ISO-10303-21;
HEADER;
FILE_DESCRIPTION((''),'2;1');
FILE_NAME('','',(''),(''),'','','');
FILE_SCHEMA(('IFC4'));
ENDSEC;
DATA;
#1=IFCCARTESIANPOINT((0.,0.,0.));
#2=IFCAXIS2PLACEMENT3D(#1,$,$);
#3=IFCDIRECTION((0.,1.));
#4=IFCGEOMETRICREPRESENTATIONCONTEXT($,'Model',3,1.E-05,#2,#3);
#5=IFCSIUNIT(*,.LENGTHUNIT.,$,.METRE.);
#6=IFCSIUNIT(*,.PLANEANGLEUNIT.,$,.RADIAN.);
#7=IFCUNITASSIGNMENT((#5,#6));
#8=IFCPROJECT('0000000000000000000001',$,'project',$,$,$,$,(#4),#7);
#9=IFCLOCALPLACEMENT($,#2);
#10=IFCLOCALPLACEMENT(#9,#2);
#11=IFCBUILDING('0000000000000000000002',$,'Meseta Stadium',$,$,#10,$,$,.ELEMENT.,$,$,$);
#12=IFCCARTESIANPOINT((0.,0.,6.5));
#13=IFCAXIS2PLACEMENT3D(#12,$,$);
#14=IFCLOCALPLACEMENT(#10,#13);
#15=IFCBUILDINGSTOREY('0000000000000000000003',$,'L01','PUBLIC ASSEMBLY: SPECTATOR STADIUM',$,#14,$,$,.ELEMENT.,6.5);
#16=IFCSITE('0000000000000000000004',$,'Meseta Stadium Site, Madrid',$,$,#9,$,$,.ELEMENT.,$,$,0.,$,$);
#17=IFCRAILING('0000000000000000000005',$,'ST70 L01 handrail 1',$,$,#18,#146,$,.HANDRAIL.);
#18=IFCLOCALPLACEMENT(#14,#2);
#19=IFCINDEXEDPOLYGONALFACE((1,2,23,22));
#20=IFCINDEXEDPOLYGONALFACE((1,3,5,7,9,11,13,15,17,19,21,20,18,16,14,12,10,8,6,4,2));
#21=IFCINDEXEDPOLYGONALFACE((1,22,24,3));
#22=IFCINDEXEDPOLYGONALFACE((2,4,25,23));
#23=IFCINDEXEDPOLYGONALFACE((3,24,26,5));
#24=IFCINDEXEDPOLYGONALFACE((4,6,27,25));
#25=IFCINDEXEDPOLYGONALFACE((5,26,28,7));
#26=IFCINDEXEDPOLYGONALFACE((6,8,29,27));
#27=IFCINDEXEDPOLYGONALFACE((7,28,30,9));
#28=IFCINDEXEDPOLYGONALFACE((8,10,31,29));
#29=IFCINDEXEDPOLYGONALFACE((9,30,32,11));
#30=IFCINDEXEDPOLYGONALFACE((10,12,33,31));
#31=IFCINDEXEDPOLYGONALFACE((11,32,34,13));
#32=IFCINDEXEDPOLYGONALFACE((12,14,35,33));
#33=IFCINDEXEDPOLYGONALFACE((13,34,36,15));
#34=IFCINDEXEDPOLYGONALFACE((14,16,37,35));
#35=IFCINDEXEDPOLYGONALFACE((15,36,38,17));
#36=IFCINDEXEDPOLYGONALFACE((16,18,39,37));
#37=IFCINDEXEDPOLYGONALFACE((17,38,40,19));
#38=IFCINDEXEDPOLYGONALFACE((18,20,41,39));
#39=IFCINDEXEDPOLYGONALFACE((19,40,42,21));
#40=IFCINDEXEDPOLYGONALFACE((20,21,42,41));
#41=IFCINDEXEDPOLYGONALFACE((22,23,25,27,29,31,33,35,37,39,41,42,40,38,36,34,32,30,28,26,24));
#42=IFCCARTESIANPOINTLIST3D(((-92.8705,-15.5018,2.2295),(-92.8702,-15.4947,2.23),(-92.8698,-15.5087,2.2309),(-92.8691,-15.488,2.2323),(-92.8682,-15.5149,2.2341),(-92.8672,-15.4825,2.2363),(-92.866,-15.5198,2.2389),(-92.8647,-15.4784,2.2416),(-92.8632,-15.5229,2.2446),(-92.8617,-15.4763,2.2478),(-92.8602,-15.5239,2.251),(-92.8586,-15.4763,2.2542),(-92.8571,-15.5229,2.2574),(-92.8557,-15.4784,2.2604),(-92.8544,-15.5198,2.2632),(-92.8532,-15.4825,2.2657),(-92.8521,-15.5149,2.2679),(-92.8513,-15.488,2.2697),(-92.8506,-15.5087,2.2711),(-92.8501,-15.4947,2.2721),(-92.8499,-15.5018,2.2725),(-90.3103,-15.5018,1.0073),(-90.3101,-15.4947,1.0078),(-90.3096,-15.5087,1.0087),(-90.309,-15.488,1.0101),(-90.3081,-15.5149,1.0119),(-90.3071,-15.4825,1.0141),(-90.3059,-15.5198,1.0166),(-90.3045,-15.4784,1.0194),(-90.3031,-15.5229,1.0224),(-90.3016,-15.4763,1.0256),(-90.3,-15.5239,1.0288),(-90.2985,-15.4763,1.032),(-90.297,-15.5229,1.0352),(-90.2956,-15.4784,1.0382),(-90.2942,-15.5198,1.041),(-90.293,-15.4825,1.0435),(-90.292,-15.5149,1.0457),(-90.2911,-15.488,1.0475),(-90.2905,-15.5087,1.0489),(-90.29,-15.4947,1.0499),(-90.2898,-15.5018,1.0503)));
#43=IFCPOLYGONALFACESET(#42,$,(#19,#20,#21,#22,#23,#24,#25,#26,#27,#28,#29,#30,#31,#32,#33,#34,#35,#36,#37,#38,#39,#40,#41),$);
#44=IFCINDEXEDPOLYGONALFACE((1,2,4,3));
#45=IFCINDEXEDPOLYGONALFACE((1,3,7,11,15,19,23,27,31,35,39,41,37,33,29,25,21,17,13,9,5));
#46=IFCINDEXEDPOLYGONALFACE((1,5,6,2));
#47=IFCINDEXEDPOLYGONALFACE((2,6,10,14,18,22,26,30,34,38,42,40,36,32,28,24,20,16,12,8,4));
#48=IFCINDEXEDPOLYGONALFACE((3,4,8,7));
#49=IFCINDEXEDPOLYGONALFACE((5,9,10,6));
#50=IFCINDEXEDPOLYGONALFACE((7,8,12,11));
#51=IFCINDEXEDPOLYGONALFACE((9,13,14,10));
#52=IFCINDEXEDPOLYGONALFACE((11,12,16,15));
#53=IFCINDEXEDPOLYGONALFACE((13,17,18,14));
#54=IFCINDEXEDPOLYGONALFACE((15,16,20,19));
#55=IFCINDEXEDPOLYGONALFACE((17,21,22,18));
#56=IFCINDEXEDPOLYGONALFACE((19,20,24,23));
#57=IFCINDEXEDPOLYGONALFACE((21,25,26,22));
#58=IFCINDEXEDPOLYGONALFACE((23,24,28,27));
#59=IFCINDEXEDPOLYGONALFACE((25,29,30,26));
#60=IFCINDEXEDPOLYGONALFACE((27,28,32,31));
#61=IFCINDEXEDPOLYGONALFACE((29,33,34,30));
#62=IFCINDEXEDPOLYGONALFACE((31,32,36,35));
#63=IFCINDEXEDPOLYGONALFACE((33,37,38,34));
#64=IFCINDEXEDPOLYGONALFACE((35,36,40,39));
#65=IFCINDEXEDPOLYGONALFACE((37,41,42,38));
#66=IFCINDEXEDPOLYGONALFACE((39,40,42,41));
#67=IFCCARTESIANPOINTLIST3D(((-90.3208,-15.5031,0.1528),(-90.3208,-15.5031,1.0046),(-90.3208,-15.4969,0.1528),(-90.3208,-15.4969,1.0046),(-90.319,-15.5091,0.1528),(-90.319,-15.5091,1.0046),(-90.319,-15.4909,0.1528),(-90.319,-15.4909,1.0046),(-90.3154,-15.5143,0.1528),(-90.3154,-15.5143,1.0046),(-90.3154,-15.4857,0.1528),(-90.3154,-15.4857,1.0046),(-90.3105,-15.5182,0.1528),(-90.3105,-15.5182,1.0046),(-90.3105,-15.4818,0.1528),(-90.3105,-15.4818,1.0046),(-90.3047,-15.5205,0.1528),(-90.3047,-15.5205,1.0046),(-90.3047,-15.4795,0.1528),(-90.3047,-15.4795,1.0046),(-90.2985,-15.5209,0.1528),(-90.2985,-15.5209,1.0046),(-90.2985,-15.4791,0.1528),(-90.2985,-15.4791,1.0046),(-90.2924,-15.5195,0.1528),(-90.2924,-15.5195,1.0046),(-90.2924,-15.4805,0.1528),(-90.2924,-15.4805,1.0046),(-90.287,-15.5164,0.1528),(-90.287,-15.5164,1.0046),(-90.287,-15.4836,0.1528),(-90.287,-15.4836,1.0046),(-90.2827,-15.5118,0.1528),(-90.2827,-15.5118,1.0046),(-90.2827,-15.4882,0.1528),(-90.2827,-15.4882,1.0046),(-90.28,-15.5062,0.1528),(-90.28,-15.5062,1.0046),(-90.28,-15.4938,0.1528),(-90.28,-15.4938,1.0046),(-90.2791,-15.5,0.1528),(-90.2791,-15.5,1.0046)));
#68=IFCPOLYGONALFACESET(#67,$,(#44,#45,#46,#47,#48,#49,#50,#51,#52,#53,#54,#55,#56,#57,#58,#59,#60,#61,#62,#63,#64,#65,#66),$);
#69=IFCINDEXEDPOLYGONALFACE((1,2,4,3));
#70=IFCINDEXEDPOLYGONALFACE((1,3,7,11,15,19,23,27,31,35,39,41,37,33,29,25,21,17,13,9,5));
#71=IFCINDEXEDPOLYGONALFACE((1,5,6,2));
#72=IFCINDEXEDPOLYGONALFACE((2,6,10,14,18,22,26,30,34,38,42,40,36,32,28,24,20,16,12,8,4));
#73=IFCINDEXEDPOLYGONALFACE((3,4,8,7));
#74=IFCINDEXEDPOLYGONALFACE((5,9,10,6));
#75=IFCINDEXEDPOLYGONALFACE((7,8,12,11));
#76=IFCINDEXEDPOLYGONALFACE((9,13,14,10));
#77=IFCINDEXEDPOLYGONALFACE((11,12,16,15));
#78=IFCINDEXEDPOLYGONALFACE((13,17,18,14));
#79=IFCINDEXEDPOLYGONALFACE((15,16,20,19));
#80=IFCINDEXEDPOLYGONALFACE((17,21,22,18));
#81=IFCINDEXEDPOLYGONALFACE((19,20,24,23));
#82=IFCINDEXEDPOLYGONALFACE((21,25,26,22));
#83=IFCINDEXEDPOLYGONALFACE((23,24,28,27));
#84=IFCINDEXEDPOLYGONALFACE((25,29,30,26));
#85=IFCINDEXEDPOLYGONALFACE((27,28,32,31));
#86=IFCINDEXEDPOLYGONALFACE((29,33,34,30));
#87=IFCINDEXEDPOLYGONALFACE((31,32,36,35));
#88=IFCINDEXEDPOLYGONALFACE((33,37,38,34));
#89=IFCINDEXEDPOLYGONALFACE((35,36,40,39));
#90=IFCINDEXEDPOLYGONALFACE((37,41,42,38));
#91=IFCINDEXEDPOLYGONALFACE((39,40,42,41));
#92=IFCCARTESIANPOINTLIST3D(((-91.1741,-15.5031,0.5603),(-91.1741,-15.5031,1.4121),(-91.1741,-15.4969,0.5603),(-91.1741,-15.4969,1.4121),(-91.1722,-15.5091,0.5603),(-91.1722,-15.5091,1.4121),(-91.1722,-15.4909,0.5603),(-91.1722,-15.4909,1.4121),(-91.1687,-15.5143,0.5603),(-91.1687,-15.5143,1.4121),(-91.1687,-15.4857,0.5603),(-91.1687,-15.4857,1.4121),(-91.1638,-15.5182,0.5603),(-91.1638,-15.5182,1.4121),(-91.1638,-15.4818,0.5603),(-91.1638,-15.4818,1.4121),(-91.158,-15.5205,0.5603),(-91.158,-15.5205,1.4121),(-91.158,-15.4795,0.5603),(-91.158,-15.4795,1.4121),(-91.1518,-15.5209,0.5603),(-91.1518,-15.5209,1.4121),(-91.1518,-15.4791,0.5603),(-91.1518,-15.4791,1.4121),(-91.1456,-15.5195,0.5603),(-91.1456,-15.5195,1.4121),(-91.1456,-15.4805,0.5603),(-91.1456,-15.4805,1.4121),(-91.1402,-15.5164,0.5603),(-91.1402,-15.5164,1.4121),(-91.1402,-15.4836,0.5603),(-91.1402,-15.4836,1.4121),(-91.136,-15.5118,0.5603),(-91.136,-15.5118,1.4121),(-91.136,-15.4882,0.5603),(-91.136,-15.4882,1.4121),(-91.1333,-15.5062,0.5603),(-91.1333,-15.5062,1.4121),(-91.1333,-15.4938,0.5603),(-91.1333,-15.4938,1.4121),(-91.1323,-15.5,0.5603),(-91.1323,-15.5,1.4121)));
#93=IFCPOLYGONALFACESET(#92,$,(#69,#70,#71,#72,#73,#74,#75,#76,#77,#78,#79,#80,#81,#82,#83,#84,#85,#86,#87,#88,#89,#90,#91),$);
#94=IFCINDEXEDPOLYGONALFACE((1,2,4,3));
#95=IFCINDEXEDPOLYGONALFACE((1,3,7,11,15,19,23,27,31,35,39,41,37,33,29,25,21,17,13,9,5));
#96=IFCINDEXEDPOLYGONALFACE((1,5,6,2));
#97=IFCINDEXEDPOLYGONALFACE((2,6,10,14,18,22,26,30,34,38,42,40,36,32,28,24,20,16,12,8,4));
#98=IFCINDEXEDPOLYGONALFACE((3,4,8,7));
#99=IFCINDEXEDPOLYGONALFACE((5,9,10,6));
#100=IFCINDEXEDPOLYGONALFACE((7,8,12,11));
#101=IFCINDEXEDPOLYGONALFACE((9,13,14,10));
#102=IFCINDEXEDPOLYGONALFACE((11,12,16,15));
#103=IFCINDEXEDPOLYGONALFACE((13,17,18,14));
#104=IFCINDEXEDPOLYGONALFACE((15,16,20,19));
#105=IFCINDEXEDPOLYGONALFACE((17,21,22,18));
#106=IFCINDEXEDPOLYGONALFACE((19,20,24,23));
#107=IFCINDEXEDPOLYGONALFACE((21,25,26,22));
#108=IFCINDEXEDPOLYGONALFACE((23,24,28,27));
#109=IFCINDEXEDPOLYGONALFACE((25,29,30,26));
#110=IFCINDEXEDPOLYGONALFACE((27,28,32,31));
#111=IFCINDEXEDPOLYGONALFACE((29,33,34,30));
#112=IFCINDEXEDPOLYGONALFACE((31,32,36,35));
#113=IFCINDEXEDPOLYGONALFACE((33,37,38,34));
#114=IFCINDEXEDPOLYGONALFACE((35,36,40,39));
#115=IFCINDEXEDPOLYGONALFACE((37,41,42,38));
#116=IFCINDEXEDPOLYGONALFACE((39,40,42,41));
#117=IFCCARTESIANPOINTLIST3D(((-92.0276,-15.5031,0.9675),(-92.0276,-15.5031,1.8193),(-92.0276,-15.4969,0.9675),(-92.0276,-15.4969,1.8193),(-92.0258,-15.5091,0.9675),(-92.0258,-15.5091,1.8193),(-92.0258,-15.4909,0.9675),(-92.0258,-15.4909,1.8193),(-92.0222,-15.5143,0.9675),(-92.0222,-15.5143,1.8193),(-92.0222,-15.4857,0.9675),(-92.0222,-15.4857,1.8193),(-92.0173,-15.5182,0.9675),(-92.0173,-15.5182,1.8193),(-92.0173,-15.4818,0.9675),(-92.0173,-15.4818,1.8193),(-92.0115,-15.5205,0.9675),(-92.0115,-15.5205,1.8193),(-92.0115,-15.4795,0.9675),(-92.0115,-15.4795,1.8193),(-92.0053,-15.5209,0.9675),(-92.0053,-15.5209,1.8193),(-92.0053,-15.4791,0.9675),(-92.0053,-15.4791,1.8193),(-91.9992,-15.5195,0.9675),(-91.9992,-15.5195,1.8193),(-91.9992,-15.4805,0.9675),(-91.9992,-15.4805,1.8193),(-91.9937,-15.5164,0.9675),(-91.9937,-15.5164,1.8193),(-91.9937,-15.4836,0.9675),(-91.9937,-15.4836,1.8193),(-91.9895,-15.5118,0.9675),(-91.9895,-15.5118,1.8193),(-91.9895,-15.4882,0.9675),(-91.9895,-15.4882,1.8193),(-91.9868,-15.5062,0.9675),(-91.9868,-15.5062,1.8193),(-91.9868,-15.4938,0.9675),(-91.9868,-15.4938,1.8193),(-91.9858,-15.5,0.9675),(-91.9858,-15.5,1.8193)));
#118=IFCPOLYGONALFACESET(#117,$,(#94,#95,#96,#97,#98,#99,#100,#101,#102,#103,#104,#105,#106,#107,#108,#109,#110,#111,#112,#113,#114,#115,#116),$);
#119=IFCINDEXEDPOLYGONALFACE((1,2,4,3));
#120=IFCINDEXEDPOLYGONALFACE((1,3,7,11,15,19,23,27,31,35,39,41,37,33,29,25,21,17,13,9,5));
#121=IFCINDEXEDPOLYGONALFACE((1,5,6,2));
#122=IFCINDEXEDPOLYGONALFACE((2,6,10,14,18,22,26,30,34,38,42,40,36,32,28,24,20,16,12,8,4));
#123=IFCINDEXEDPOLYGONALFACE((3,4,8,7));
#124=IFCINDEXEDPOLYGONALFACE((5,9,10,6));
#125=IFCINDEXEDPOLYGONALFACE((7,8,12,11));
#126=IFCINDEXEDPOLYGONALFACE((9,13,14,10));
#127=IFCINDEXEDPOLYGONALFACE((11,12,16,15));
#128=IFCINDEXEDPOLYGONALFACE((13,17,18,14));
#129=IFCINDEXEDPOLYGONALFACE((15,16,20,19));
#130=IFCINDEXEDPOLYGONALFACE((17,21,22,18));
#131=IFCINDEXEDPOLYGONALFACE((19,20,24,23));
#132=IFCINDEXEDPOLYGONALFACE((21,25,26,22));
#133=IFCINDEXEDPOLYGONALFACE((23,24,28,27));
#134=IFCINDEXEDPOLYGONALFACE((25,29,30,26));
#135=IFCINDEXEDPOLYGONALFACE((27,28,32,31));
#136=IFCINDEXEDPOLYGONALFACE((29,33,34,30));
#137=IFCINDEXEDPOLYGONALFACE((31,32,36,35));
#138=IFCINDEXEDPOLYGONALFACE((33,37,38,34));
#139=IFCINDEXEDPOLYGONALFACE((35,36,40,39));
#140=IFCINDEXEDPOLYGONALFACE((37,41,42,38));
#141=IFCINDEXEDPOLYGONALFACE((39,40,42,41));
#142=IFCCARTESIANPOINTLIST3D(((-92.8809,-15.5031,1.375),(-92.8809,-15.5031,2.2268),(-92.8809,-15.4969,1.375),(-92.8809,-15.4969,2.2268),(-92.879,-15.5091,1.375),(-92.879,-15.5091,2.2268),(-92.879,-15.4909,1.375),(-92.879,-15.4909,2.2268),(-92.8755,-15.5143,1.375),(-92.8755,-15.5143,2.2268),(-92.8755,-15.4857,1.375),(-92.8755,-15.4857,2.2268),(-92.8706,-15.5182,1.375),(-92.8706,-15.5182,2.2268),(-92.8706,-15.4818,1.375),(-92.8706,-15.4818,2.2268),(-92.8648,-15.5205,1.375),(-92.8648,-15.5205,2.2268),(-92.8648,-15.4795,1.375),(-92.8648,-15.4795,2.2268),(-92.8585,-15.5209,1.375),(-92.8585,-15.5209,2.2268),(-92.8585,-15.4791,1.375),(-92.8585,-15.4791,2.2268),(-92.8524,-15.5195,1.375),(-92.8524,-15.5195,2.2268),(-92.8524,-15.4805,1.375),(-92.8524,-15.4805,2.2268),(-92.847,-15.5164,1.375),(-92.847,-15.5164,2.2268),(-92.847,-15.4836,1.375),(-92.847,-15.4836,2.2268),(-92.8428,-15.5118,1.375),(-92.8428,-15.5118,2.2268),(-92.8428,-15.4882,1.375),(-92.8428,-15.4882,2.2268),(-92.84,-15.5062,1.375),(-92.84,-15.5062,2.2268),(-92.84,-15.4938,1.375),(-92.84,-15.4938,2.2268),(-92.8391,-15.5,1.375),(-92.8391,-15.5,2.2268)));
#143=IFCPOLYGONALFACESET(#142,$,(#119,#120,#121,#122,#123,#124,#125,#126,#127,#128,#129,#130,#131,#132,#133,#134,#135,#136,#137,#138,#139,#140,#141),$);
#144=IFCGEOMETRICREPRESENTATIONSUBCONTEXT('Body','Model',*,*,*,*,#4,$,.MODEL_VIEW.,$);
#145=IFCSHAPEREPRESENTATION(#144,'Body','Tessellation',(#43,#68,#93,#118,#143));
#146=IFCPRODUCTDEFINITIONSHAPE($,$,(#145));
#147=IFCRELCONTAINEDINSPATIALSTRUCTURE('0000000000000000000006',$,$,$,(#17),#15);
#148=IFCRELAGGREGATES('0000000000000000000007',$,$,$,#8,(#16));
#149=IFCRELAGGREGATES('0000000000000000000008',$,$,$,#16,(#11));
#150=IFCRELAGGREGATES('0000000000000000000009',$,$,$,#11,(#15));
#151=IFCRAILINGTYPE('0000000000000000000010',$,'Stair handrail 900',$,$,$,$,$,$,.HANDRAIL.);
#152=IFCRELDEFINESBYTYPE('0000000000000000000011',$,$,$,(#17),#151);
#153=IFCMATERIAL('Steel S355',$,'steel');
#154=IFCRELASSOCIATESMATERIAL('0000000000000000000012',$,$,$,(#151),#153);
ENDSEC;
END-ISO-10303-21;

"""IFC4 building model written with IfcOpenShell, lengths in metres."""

from ifc_helpers import new_model, si_unit, direction, frame, origin, origin_2d, place, context, subcontext, project, spatial, circle, extrude, material, type_object, element, save


model = new_model("IFC4")

# Units and contexts
model_context = context("Model", 3, precision=1e-05, world=origin(), true_north=direction((0.0, 1.0)))
body_context = subcontext(model_context, "Body", "Model", "MODEL_VIEW")
ifc_project = project(units=[si_unit("LENGTHUNIT", "METRE"), si_unit("PLANEANGLEUNIT", "RADIAN")], contexts=[model_context])

# Site, building, storey
site_placement = place(None, origin())
site = spatial("IfcSite", under=ifc_project, at=site_placement, Name="Meseta Stadium Site, Madrid", CompositionType="ELEMENT", RefElevation=0.0)
building_placement = place(site_placement, origin())
building = spatial("IfcBuilding", under=site, at=building_placement, Name="Meseta Stadium", CompositionType="ELEMENT")
storey_placement = place(building_placement, frame((0.0, 0.0, 6.5)))
storey = spatial("IfcBuildingStorey", under=building, at=storey_placement, Name="L01", Description="PUBLIC ASSEMBLY: SPECTATOR STADIUM", CompositionType="ELEMENT", Elevation=6.5)

# Railing
ifc_material_1 = material(Name="Steel S355", Category="steel")
railing_type_1 = type_object("IfcRailingType", Name="Stair handrail 900", PredefinedType="HANDRAIL", material=ifc_material_1)
for number, where, name in (
    (1, (-90.3, -15.5, 0.1528), "ST70 L01 handrail 1"),
):
    element("IfcRailing", number, at=place(storey_placement, frame(where)), inside=storey, type_object=railing_type_1, Name=name, PredefinedType="HANDRAIL", context=body_context, shape_type="SweptSolid", body=[
        extrude(circle(Radius=0.0239, at=origin_2d()), frame((0.0, 0.0, 0.876), z_axis=(-0.902437, 0.0, 0.430822), x_axis=(0.0, -1.0, 0.0)), (0.0, 0.0, 1.0), 2.8369),
        extrude(circle(Radius=0.021, at=origin_2d()), origin(), (0.0, 0.0, 1.0), 0.8518),
        extrude(circle(Radius=0.021, at=origin_2d()), frame((-0.8533, 0.0, 0.4075)), (0.0, 0.0, 1.0), 0.8518),
        extrude(circle(Radius=0.021, at=origin_2d()), frame((-1.7068, 0.0, 0.8147)), (0.0, 0.0, 1.0), 0.8518),
        extrude(circle(Radius=0.021, at=origin_2d()), frame((-2.5601, 0.0, 1.2222)), (0.0, 0.0, 1.0), 0.8518),
    ])

save(model, "model.ifc")
